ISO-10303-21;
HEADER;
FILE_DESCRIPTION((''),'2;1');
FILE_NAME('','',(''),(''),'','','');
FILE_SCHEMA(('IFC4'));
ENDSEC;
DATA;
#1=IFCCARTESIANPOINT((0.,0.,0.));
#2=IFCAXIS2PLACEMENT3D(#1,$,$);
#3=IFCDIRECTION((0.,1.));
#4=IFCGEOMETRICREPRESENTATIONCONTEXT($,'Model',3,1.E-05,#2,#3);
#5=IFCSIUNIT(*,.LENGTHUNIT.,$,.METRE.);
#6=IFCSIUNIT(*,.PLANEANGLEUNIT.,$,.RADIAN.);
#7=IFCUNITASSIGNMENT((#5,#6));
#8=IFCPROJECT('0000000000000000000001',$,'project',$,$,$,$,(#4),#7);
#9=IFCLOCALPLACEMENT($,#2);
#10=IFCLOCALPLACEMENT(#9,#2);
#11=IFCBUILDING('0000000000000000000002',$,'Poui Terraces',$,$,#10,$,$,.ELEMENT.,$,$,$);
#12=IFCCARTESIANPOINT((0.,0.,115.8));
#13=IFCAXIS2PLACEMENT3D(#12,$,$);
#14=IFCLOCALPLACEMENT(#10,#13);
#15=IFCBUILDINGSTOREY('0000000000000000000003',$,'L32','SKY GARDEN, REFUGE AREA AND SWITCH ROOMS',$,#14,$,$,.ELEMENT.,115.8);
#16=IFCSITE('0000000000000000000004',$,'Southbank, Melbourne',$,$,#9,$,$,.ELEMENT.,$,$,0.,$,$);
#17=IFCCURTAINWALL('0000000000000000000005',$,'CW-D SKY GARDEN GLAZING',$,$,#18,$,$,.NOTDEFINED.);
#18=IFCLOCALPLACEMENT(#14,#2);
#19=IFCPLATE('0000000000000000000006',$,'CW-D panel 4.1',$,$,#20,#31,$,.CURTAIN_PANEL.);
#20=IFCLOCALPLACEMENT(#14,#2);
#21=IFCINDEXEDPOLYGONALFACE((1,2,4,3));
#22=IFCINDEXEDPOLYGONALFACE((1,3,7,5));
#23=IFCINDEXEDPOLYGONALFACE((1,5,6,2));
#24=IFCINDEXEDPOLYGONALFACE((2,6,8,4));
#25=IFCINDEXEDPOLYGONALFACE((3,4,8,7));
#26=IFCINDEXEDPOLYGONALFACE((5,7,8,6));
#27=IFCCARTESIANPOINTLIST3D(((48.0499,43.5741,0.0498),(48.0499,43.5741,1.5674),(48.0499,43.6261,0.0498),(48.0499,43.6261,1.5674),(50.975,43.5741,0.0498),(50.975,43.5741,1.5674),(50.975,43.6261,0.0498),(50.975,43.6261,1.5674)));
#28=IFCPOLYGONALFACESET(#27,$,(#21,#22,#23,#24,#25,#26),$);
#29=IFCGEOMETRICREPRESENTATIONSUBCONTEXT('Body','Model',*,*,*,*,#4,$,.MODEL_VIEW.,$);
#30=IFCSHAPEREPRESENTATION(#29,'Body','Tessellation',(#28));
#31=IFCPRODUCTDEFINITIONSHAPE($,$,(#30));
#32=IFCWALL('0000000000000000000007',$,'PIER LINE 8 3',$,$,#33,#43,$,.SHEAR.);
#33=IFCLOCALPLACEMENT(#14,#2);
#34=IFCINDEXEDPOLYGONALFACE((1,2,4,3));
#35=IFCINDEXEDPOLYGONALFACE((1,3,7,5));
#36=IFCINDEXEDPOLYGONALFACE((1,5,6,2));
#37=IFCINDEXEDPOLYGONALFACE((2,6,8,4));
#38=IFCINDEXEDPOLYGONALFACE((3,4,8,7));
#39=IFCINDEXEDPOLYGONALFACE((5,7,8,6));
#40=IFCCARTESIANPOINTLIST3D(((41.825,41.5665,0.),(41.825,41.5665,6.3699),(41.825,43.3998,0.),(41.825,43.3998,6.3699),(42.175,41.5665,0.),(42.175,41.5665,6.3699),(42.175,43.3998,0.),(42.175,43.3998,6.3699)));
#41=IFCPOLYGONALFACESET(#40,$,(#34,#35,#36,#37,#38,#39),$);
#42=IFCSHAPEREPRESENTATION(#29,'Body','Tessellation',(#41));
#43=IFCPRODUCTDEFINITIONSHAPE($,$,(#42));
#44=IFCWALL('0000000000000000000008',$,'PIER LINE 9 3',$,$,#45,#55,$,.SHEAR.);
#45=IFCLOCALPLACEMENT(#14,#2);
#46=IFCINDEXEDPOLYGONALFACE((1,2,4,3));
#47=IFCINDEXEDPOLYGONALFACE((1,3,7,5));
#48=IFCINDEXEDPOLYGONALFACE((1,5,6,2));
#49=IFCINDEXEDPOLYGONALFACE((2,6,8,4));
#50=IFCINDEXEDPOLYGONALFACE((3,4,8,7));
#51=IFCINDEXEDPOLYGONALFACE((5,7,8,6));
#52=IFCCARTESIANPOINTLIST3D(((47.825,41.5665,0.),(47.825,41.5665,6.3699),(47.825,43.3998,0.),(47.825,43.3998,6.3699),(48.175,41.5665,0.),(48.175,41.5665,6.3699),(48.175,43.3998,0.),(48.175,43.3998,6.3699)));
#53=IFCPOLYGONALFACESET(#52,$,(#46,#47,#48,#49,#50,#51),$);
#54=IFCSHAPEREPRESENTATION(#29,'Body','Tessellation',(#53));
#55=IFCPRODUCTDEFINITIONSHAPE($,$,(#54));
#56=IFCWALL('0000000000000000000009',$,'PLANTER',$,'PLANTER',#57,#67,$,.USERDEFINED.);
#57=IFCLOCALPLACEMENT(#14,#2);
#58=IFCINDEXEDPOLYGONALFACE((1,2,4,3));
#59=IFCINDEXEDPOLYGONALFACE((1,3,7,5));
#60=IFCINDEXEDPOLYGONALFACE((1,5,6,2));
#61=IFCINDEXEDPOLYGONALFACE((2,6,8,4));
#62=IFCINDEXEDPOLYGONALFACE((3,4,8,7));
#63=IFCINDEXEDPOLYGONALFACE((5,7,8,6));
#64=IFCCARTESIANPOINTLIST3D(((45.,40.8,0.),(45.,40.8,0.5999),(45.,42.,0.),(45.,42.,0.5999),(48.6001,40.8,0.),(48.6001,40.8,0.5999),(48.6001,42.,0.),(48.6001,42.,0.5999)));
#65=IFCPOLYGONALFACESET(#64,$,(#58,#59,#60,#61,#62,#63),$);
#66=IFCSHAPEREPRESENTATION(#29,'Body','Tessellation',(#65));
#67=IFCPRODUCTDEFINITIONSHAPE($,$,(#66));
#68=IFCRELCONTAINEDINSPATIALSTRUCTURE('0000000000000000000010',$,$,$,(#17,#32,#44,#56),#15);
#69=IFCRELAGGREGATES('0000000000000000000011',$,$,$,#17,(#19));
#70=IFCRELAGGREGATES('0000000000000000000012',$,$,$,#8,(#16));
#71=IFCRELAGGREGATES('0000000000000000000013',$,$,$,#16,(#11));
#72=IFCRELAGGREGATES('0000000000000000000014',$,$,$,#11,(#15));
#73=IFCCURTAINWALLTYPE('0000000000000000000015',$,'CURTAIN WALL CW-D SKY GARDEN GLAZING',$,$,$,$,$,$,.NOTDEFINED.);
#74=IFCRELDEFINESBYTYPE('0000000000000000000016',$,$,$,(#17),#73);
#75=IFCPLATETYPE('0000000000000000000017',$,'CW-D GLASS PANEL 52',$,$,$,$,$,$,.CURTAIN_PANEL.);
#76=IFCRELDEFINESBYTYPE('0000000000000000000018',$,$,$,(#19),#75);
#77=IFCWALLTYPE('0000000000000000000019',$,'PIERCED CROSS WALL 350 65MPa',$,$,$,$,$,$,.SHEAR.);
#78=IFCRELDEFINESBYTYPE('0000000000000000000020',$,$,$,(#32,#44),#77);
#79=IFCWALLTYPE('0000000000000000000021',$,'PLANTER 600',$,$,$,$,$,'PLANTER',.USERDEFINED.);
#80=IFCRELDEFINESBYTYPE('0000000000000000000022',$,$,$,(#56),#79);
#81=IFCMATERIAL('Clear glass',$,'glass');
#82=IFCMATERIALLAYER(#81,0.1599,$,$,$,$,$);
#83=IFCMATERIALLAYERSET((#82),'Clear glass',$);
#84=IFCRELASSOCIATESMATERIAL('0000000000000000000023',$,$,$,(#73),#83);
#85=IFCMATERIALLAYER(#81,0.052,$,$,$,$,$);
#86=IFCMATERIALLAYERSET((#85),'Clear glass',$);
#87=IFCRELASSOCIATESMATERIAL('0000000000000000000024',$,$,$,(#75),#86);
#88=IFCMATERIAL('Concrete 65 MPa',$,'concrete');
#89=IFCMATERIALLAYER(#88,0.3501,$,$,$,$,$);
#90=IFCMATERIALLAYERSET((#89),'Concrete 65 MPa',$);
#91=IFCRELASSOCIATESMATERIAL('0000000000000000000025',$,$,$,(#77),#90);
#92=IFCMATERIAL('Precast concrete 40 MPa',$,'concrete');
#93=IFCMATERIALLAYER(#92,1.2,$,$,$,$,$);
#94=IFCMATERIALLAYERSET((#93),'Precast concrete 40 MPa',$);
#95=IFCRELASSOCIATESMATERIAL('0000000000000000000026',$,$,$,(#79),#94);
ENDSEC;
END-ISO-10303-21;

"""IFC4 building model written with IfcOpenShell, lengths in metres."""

from ifc_helpers import new_model, si_unit, direction, frame, frame_2d, origin, origin_2d, place, context, subcontext, project, spatial, polyline, rectangle, outline, extrude, source, transform, mapped, material, layer, layer_set, type_object, element, aggregate, save


model = new_model("IFC4")

# Units and contexts
model_context = context("Model", 3, precision=1e-05, world=origin(), true_north=direction((0.0, 1.0)))
body_context = subcontext(model_context, "Body", "Model", "MODEL_VIEW")
ifc_project = project(units=[si_unit("LENGTHUNIT", "METRE"), si_unit("PLANEANGLEUNIT", "RADIAN")], contexts=[model_context])

# Site, building, storey
site_placement = place(None, origin())
site = spatial("IfcSite", under=ifc_project, at=site_placement, Name="Southbank, Melbourne", CompositionType="ELEMENT", RefElevation=0.0)
building_placement = place(site_placement, origin())
building = spatial("IfcBuilding", under=site, at=building_placement, Name="Poui Terraces", CompositionType="ELEMENT")
storey_placement = place(building_placement, frame((0.0, 0.0, 115.8)))
storey = spatial("IfcBuildingStorey", under=building, at=storey_placement, Name="L32", Description="SKY GARDEN, REFUGE AREA AND SWITCH ROOMS", CompositionType="ELEMENT", Elevation=115.8)

# Shared definitions
ifc_material_1 = material(Name="Clear glass", Category="glass")
ifc_layer_1 = layer(ifc_material_1, 0.1599)
ifc_layer_set_1 = layer_set([ifc_layer_1], Name="Clear glass")
curtain_wall_type = type_object("IfcCurtainWallType", Name="CURTAIN WALL CW-D SKY GARDEN GLAZING", PredefinedType="NOTDEFINED", material=ifc_layer_set_1)

# Curtain wall
curtain_wall_1_placement = place(storey_placement, origin())
curtain_wall_1 = element("IfcCurtainWall", 1, at=curtain_wall_1_placement, inside=storey, type_object=curtain_wall_type, Name="CW-D SKY GARDEN GLAZING", PredefinedType="NOTDEFINED")

# Plate
ifc_layer_2 = layer(ifc_material_1, 0.052)
ifc_layer_set_2 = layer_set([ifc_layer_2], Name="Clear glass")
plate_type = type_object("IfcPlateType", Name="CW-D GLASS PANEL 52", PredefinedType="CURTAIN_PANEL", material=ifc_layer_set_2)
plate_1_placement = place(storey_placement, frame((49.5125, 43.6001, 0.0498), z_axis=(0.0, 0.0, 1.0), x_axis=(-1.0, 0.0, 0.0)))
plate_1 = element("IfcPlate", 2, at=plate_1_placement, type_object=plate_type, Name="CW-D panel 4.1", PredefinedType="CURTAIN_PANEL", context=body_context, shape_type="SweptSolid", body=[
    extrude(rectangle(XDim=2.925, YDim=0.052, at=origin_2d()), origin(), (0.0, 0.0, 1.0), 1.5176),
])
aggregate(curtain_wall_1, [plate_1])

# Walls
ifc_material_2 = material(Name="Concrete 65 MPa", Category="concrete")
ifc_layer_3 = layer(ifc_material_2, 0.3501)
ifc_layer_set_3 = layer_set([ifc_layer_3], Name="Concrete 65 MPa")
wall_type_1 = type_object("IfcWallType", Name="PIERCED CROSS WALL 350 65MPa", PredefinedType="SHEAR", material=ifc_layer_set_3)
for number, where, z_axis, x_axis, name in (
    (3, (42.0, 41.5667, 0.0), (0.0, 0.0, 1.0), (0.0, 1.0, 0.0), "PIER LINE 8 3"),
    (4, (48.0, 41.5667, 0.0), (0.0, 0.0, 1.0), (0.0, 1.0, 0.0), "PIER LINE 9 3"),
):
    element("IfcWall", number, at=place(storey_placement, frame(where, z_axis=z_axis, x_axis=x_axis)), inside=storey, type_object=wall_type_1, Name=name, PredefinedType="SHEAR", context=body_context, shape_type="SweptSolid", body=[
        extrude(rectangle(XDim=1.8333, YDim=0.3501, at=frame_2d((0.9165, 0.0))), origin(), (0.0, 0.0, 1.0), 6.3699),
    ])
ifc_material_3 = material(Name="Precast concrete 40 MPa", Category="concrete")
ifc_layer_4 = layer(ifc_material_3, 1.2)
ifc_layer_set_4 = layer_set([ifc_layer_4], Name="Precast concrete 40 MPa")
wall_type_2 = type_object("IfcWallType", Name="PLANTER 600", ElementType="PLANTER", PredefinedType="USERDEFINED", material=ifc_layer_set_4)
shared_shape = source(origin(), body_context, "Body", "SweptSolid", [
    extrude(outline(polyline([(0.0, 0.0), (3.6001, 0.0), (3.6001, 1.2), (0.0, 1.2), (0.0, 0.0)])), origin(), (0.0, 0.0, 1.0), 0.5999),
])
wall_placement = place(storey_placement, frame((45.0, 40.8, 0.0)))
element("IfcWall", 5, at=wall_placement, inside=storey, type_object=wall_type_2, Name="PLANTER", ObjectType="PLANTER", PredefinedType="USERDEFINED", context=body_context, shape_type="MappedRepresentation", body=[
    mapped(shared_shape, transform((0.0, 0.0, 0.0))),
])

save(model, "model.ifc")
